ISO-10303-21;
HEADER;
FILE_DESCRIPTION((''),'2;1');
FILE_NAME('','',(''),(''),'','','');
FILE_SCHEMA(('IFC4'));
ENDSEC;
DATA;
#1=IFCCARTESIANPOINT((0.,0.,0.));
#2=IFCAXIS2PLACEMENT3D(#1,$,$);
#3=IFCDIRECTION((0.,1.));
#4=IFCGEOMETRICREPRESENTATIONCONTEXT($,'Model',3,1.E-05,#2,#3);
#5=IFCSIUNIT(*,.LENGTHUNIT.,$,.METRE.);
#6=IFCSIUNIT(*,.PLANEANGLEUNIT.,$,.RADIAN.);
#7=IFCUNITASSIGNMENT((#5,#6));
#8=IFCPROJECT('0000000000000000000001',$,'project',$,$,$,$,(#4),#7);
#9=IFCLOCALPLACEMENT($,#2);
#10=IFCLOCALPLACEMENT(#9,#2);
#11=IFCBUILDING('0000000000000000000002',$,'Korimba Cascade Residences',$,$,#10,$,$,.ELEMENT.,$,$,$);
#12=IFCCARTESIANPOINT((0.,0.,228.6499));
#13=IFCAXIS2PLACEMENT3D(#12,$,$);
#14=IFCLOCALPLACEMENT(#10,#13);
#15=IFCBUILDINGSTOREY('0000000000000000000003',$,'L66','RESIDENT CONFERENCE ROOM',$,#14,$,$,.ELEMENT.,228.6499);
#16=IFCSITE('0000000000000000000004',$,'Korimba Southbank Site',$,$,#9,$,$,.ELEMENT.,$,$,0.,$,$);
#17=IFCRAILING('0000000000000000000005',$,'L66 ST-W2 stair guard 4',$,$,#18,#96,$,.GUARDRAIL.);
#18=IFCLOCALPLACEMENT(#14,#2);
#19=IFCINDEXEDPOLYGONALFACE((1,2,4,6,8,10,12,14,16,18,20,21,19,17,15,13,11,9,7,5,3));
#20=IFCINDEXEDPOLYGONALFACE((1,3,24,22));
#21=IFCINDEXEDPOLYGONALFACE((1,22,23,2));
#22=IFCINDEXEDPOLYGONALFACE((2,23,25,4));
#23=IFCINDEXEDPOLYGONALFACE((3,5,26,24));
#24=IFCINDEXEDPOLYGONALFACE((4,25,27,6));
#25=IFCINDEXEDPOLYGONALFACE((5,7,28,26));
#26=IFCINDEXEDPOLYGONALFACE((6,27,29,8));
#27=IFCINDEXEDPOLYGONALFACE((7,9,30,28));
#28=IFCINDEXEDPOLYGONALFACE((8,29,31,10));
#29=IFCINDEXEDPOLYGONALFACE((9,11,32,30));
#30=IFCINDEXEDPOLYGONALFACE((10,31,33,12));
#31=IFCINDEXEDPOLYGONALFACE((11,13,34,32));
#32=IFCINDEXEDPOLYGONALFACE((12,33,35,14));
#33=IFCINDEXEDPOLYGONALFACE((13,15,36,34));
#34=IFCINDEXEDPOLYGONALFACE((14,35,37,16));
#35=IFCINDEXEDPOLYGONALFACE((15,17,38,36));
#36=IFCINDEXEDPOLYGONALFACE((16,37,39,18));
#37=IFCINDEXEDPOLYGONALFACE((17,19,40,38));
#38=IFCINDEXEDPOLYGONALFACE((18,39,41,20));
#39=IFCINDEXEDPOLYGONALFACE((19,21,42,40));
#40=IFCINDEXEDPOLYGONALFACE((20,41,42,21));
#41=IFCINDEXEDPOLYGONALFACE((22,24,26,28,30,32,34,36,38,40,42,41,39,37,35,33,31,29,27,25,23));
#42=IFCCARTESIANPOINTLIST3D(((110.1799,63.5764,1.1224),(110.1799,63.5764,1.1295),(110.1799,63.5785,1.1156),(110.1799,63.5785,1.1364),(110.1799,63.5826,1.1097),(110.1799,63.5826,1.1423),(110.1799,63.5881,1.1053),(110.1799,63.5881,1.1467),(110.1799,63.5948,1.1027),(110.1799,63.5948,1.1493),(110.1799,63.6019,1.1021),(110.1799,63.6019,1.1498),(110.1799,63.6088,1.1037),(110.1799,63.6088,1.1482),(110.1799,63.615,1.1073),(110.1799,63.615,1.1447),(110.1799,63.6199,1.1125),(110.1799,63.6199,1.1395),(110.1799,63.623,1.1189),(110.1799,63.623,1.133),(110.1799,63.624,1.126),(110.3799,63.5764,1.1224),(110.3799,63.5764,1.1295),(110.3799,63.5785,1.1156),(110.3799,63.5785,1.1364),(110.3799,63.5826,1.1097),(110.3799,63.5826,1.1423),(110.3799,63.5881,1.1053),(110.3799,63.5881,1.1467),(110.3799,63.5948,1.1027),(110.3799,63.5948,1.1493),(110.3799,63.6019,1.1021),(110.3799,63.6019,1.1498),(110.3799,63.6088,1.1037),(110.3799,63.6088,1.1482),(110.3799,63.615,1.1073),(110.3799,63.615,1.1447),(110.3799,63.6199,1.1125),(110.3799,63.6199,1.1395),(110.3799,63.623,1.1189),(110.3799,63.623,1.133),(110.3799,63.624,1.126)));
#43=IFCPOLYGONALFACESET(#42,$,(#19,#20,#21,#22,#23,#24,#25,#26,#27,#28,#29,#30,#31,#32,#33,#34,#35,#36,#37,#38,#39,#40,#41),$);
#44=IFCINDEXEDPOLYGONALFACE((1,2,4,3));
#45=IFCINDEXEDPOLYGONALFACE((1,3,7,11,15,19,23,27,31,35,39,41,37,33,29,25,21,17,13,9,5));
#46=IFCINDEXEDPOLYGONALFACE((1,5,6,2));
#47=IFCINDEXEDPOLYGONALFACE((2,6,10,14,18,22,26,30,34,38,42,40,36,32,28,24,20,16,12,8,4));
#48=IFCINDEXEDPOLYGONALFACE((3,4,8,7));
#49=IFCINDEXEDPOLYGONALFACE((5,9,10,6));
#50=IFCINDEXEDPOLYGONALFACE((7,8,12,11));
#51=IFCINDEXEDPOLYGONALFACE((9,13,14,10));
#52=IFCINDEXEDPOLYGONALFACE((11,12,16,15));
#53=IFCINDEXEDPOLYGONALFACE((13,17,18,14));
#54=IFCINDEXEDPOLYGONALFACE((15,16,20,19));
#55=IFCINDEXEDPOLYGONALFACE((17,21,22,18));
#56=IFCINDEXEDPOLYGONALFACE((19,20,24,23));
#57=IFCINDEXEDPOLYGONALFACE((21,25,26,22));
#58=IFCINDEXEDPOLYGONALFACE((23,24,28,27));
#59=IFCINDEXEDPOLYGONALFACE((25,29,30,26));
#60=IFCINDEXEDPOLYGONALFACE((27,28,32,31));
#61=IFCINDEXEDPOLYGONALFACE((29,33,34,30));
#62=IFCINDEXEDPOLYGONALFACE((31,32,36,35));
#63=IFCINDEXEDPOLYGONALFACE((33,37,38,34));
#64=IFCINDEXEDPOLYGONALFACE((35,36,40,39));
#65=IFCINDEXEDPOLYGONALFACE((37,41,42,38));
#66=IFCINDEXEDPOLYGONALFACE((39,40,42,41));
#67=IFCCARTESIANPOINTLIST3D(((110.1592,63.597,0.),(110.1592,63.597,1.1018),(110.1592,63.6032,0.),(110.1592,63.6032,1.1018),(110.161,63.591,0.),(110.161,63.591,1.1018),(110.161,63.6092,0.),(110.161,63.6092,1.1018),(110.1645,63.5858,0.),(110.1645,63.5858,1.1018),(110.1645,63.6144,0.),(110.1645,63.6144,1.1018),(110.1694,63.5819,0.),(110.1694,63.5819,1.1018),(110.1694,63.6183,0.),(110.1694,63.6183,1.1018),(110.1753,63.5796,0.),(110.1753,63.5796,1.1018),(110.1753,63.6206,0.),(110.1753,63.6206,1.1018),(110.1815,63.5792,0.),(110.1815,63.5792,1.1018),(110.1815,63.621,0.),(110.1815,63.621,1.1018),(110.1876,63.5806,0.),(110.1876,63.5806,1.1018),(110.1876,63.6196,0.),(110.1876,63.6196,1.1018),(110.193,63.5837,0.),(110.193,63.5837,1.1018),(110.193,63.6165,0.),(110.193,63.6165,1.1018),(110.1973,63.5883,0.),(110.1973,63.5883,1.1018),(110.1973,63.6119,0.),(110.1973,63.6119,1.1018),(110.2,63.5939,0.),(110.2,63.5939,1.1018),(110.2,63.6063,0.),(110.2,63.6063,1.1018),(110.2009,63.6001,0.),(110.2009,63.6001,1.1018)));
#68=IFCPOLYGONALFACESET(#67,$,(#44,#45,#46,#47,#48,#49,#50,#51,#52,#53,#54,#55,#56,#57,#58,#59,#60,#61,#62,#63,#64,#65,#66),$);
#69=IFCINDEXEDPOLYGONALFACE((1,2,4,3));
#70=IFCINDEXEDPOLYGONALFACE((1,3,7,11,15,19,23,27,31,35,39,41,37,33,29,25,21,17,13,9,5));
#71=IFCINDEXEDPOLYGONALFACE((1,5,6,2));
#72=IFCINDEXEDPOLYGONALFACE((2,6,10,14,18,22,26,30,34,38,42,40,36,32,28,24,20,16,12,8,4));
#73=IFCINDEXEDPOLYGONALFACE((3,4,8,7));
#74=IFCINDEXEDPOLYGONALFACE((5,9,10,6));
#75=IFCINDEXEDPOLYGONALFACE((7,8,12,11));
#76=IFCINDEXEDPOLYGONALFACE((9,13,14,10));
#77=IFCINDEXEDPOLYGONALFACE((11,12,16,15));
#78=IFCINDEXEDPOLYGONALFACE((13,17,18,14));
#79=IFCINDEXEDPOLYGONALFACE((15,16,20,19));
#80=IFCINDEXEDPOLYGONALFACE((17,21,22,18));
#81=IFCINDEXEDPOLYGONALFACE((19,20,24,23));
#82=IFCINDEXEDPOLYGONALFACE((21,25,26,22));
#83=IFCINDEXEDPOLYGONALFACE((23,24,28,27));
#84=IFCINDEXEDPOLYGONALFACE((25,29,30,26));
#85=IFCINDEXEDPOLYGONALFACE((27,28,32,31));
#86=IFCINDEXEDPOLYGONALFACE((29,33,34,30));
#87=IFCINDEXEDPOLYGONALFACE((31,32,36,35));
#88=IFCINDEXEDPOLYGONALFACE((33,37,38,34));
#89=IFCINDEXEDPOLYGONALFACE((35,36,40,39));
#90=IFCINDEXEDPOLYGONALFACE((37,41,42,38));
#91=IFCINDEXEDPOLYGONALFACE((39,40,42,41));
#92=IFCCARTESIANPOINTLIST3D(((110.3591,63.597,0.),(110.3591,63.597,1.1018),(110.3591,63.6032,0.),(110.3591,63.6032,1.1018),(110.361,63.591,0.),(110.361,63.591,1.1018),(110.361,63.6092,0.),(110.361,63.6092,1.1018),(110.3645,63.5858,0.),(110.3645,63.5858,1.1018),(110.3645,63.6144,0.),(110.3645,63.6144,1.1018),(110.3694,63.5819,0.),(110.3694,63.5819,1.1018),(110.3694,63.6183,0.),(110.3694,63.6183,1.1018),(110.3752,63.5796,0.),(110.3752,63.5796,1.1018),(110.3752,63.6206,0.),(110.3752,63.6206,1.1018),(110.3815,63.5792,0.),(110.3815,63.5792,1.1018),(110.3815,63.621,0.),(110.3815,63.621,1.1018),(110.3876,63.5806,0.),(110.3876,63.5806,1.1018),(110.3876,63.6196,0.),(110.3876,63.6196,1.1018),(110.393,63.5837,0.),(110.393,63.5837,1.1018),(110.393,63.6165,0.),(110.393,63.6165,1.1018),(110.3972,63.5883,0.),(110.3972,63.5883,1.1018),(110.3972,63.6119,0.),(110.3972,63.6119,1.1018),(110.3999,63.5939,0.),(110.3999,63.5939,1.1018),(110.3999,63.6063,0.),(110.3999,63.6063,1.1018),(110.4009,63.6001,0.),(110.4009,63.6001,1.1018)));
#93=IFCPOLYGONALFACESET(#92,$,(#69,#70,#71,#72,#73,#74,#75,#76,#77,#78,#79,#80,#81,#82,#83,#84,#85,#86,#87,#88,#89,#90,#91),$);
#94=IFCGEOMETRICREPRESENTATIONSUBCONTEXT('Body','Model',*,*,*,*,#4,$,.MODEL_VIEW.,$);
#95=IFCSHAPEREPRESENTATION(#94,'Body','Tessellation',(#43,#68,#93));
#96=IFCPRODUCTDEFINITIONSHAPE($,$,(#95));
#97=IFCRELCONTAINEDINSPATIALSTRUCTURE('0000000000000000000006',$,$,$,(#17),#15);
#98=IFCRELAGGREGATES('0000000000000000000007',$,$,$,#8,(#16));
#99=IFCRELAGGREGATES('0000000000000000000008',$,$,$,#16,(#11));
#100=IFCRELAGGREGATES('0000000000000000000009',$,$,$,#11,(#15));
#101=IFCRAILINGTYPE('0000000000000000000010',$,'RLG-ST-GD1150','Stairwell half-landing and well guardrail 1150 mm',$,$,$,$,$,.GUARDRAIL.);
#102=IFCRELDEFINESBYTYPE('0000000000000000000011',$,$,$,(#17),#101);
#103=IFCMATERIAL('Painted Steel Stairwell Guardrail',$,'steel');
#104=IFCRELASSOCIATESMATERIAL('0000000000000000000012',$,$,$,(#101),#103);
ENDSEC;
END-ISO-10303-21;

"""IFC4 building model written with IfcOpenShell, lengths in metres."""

from ifc_helpers import new_model, si_unit, direction, frame, origin, origin_2d, place, context, subcontext, project, spatial, circle, extrude, material, type_object, element, save


model = new_model("IFC4")

# Units and contexts
model_context = context("Model", 3, precision=1e-05, world=origin(), true_north=direction((0.0, 1.0)))
body_context = subcontext(model_context, "Body", "Model", "MODEL_VIEW")
ifc_project = project(units=[si_unit("LENGTHUNIT", "METRE"), si_unit("PLANEANGLEUNIT", "RADIAN")], contexts=[model_context])

# Site, building, storey
site_placement = place(None, origin())
site = spatial("IfcSite", under=ifc_project, at=site_placement, Name="Korimba Southbank Site", CompositionType="ELEMENT", RefElevation=0.0)
building_placement = place(site_placement, origin())
building = spatial("IfcBuilding", under=site, at=building_placement, Name="Korimba Cascade Residences", CompositionType="ELEMENT")
storey_placement = place(building_placement, frame((0.0, 0.0, 228.6499)))
storey = spatial("IfcBuildingStorey", under=building, at=storey_placement, Name="L66", Description="RESIDENT CONFERENCE ROOM", CompositionType="ELEMENT", Elevation=228.6499)

# Railing
ifc_material_1 = material(Name="Painted Steel Stairwell Guardrail", Category="steel")
railing_type_1 = type_object("IfcRailingType", Name="RLG-ST-GD1150", Description="Stairwell half-landing and well guardrail 1150 mm", PredefinedType="GUARDRAIL", material=ifc_material_1)
railing_1_placement = place(storey_placement, frame((110.1799, 63.6001, 0.0)))
element("IfcRailing", 1, at=railing_1_placement, inside=storey, type_object=railing_type_1, Name="L66 ST-W2 stair guard 4", PredefinedType="GUARDRAIL", context=body_context, shape_type="SweptSolid", body=[
    extrude(circle(Radius=0.0239, at=origin_2d()), frame((0.0, 0.0, 1.126), z_axis=(1.0, 0.0, 0.0), x_axis=(0.0, 1.0, 0.0)), (0.0, 0.0, 1.0), 0.2),
    extrude(circle(Radius=0.021, at=origin_2d()), origin(), (0.0, 0.0, 1.0), 1.1018),
    extrude(circle(Radius=0.021, at=origin_2d()), frame((0.2, 0.0, 0.0)), (0.0, 0.0, 1.0), 1.1018),
])

save(model, "model.ifc")
